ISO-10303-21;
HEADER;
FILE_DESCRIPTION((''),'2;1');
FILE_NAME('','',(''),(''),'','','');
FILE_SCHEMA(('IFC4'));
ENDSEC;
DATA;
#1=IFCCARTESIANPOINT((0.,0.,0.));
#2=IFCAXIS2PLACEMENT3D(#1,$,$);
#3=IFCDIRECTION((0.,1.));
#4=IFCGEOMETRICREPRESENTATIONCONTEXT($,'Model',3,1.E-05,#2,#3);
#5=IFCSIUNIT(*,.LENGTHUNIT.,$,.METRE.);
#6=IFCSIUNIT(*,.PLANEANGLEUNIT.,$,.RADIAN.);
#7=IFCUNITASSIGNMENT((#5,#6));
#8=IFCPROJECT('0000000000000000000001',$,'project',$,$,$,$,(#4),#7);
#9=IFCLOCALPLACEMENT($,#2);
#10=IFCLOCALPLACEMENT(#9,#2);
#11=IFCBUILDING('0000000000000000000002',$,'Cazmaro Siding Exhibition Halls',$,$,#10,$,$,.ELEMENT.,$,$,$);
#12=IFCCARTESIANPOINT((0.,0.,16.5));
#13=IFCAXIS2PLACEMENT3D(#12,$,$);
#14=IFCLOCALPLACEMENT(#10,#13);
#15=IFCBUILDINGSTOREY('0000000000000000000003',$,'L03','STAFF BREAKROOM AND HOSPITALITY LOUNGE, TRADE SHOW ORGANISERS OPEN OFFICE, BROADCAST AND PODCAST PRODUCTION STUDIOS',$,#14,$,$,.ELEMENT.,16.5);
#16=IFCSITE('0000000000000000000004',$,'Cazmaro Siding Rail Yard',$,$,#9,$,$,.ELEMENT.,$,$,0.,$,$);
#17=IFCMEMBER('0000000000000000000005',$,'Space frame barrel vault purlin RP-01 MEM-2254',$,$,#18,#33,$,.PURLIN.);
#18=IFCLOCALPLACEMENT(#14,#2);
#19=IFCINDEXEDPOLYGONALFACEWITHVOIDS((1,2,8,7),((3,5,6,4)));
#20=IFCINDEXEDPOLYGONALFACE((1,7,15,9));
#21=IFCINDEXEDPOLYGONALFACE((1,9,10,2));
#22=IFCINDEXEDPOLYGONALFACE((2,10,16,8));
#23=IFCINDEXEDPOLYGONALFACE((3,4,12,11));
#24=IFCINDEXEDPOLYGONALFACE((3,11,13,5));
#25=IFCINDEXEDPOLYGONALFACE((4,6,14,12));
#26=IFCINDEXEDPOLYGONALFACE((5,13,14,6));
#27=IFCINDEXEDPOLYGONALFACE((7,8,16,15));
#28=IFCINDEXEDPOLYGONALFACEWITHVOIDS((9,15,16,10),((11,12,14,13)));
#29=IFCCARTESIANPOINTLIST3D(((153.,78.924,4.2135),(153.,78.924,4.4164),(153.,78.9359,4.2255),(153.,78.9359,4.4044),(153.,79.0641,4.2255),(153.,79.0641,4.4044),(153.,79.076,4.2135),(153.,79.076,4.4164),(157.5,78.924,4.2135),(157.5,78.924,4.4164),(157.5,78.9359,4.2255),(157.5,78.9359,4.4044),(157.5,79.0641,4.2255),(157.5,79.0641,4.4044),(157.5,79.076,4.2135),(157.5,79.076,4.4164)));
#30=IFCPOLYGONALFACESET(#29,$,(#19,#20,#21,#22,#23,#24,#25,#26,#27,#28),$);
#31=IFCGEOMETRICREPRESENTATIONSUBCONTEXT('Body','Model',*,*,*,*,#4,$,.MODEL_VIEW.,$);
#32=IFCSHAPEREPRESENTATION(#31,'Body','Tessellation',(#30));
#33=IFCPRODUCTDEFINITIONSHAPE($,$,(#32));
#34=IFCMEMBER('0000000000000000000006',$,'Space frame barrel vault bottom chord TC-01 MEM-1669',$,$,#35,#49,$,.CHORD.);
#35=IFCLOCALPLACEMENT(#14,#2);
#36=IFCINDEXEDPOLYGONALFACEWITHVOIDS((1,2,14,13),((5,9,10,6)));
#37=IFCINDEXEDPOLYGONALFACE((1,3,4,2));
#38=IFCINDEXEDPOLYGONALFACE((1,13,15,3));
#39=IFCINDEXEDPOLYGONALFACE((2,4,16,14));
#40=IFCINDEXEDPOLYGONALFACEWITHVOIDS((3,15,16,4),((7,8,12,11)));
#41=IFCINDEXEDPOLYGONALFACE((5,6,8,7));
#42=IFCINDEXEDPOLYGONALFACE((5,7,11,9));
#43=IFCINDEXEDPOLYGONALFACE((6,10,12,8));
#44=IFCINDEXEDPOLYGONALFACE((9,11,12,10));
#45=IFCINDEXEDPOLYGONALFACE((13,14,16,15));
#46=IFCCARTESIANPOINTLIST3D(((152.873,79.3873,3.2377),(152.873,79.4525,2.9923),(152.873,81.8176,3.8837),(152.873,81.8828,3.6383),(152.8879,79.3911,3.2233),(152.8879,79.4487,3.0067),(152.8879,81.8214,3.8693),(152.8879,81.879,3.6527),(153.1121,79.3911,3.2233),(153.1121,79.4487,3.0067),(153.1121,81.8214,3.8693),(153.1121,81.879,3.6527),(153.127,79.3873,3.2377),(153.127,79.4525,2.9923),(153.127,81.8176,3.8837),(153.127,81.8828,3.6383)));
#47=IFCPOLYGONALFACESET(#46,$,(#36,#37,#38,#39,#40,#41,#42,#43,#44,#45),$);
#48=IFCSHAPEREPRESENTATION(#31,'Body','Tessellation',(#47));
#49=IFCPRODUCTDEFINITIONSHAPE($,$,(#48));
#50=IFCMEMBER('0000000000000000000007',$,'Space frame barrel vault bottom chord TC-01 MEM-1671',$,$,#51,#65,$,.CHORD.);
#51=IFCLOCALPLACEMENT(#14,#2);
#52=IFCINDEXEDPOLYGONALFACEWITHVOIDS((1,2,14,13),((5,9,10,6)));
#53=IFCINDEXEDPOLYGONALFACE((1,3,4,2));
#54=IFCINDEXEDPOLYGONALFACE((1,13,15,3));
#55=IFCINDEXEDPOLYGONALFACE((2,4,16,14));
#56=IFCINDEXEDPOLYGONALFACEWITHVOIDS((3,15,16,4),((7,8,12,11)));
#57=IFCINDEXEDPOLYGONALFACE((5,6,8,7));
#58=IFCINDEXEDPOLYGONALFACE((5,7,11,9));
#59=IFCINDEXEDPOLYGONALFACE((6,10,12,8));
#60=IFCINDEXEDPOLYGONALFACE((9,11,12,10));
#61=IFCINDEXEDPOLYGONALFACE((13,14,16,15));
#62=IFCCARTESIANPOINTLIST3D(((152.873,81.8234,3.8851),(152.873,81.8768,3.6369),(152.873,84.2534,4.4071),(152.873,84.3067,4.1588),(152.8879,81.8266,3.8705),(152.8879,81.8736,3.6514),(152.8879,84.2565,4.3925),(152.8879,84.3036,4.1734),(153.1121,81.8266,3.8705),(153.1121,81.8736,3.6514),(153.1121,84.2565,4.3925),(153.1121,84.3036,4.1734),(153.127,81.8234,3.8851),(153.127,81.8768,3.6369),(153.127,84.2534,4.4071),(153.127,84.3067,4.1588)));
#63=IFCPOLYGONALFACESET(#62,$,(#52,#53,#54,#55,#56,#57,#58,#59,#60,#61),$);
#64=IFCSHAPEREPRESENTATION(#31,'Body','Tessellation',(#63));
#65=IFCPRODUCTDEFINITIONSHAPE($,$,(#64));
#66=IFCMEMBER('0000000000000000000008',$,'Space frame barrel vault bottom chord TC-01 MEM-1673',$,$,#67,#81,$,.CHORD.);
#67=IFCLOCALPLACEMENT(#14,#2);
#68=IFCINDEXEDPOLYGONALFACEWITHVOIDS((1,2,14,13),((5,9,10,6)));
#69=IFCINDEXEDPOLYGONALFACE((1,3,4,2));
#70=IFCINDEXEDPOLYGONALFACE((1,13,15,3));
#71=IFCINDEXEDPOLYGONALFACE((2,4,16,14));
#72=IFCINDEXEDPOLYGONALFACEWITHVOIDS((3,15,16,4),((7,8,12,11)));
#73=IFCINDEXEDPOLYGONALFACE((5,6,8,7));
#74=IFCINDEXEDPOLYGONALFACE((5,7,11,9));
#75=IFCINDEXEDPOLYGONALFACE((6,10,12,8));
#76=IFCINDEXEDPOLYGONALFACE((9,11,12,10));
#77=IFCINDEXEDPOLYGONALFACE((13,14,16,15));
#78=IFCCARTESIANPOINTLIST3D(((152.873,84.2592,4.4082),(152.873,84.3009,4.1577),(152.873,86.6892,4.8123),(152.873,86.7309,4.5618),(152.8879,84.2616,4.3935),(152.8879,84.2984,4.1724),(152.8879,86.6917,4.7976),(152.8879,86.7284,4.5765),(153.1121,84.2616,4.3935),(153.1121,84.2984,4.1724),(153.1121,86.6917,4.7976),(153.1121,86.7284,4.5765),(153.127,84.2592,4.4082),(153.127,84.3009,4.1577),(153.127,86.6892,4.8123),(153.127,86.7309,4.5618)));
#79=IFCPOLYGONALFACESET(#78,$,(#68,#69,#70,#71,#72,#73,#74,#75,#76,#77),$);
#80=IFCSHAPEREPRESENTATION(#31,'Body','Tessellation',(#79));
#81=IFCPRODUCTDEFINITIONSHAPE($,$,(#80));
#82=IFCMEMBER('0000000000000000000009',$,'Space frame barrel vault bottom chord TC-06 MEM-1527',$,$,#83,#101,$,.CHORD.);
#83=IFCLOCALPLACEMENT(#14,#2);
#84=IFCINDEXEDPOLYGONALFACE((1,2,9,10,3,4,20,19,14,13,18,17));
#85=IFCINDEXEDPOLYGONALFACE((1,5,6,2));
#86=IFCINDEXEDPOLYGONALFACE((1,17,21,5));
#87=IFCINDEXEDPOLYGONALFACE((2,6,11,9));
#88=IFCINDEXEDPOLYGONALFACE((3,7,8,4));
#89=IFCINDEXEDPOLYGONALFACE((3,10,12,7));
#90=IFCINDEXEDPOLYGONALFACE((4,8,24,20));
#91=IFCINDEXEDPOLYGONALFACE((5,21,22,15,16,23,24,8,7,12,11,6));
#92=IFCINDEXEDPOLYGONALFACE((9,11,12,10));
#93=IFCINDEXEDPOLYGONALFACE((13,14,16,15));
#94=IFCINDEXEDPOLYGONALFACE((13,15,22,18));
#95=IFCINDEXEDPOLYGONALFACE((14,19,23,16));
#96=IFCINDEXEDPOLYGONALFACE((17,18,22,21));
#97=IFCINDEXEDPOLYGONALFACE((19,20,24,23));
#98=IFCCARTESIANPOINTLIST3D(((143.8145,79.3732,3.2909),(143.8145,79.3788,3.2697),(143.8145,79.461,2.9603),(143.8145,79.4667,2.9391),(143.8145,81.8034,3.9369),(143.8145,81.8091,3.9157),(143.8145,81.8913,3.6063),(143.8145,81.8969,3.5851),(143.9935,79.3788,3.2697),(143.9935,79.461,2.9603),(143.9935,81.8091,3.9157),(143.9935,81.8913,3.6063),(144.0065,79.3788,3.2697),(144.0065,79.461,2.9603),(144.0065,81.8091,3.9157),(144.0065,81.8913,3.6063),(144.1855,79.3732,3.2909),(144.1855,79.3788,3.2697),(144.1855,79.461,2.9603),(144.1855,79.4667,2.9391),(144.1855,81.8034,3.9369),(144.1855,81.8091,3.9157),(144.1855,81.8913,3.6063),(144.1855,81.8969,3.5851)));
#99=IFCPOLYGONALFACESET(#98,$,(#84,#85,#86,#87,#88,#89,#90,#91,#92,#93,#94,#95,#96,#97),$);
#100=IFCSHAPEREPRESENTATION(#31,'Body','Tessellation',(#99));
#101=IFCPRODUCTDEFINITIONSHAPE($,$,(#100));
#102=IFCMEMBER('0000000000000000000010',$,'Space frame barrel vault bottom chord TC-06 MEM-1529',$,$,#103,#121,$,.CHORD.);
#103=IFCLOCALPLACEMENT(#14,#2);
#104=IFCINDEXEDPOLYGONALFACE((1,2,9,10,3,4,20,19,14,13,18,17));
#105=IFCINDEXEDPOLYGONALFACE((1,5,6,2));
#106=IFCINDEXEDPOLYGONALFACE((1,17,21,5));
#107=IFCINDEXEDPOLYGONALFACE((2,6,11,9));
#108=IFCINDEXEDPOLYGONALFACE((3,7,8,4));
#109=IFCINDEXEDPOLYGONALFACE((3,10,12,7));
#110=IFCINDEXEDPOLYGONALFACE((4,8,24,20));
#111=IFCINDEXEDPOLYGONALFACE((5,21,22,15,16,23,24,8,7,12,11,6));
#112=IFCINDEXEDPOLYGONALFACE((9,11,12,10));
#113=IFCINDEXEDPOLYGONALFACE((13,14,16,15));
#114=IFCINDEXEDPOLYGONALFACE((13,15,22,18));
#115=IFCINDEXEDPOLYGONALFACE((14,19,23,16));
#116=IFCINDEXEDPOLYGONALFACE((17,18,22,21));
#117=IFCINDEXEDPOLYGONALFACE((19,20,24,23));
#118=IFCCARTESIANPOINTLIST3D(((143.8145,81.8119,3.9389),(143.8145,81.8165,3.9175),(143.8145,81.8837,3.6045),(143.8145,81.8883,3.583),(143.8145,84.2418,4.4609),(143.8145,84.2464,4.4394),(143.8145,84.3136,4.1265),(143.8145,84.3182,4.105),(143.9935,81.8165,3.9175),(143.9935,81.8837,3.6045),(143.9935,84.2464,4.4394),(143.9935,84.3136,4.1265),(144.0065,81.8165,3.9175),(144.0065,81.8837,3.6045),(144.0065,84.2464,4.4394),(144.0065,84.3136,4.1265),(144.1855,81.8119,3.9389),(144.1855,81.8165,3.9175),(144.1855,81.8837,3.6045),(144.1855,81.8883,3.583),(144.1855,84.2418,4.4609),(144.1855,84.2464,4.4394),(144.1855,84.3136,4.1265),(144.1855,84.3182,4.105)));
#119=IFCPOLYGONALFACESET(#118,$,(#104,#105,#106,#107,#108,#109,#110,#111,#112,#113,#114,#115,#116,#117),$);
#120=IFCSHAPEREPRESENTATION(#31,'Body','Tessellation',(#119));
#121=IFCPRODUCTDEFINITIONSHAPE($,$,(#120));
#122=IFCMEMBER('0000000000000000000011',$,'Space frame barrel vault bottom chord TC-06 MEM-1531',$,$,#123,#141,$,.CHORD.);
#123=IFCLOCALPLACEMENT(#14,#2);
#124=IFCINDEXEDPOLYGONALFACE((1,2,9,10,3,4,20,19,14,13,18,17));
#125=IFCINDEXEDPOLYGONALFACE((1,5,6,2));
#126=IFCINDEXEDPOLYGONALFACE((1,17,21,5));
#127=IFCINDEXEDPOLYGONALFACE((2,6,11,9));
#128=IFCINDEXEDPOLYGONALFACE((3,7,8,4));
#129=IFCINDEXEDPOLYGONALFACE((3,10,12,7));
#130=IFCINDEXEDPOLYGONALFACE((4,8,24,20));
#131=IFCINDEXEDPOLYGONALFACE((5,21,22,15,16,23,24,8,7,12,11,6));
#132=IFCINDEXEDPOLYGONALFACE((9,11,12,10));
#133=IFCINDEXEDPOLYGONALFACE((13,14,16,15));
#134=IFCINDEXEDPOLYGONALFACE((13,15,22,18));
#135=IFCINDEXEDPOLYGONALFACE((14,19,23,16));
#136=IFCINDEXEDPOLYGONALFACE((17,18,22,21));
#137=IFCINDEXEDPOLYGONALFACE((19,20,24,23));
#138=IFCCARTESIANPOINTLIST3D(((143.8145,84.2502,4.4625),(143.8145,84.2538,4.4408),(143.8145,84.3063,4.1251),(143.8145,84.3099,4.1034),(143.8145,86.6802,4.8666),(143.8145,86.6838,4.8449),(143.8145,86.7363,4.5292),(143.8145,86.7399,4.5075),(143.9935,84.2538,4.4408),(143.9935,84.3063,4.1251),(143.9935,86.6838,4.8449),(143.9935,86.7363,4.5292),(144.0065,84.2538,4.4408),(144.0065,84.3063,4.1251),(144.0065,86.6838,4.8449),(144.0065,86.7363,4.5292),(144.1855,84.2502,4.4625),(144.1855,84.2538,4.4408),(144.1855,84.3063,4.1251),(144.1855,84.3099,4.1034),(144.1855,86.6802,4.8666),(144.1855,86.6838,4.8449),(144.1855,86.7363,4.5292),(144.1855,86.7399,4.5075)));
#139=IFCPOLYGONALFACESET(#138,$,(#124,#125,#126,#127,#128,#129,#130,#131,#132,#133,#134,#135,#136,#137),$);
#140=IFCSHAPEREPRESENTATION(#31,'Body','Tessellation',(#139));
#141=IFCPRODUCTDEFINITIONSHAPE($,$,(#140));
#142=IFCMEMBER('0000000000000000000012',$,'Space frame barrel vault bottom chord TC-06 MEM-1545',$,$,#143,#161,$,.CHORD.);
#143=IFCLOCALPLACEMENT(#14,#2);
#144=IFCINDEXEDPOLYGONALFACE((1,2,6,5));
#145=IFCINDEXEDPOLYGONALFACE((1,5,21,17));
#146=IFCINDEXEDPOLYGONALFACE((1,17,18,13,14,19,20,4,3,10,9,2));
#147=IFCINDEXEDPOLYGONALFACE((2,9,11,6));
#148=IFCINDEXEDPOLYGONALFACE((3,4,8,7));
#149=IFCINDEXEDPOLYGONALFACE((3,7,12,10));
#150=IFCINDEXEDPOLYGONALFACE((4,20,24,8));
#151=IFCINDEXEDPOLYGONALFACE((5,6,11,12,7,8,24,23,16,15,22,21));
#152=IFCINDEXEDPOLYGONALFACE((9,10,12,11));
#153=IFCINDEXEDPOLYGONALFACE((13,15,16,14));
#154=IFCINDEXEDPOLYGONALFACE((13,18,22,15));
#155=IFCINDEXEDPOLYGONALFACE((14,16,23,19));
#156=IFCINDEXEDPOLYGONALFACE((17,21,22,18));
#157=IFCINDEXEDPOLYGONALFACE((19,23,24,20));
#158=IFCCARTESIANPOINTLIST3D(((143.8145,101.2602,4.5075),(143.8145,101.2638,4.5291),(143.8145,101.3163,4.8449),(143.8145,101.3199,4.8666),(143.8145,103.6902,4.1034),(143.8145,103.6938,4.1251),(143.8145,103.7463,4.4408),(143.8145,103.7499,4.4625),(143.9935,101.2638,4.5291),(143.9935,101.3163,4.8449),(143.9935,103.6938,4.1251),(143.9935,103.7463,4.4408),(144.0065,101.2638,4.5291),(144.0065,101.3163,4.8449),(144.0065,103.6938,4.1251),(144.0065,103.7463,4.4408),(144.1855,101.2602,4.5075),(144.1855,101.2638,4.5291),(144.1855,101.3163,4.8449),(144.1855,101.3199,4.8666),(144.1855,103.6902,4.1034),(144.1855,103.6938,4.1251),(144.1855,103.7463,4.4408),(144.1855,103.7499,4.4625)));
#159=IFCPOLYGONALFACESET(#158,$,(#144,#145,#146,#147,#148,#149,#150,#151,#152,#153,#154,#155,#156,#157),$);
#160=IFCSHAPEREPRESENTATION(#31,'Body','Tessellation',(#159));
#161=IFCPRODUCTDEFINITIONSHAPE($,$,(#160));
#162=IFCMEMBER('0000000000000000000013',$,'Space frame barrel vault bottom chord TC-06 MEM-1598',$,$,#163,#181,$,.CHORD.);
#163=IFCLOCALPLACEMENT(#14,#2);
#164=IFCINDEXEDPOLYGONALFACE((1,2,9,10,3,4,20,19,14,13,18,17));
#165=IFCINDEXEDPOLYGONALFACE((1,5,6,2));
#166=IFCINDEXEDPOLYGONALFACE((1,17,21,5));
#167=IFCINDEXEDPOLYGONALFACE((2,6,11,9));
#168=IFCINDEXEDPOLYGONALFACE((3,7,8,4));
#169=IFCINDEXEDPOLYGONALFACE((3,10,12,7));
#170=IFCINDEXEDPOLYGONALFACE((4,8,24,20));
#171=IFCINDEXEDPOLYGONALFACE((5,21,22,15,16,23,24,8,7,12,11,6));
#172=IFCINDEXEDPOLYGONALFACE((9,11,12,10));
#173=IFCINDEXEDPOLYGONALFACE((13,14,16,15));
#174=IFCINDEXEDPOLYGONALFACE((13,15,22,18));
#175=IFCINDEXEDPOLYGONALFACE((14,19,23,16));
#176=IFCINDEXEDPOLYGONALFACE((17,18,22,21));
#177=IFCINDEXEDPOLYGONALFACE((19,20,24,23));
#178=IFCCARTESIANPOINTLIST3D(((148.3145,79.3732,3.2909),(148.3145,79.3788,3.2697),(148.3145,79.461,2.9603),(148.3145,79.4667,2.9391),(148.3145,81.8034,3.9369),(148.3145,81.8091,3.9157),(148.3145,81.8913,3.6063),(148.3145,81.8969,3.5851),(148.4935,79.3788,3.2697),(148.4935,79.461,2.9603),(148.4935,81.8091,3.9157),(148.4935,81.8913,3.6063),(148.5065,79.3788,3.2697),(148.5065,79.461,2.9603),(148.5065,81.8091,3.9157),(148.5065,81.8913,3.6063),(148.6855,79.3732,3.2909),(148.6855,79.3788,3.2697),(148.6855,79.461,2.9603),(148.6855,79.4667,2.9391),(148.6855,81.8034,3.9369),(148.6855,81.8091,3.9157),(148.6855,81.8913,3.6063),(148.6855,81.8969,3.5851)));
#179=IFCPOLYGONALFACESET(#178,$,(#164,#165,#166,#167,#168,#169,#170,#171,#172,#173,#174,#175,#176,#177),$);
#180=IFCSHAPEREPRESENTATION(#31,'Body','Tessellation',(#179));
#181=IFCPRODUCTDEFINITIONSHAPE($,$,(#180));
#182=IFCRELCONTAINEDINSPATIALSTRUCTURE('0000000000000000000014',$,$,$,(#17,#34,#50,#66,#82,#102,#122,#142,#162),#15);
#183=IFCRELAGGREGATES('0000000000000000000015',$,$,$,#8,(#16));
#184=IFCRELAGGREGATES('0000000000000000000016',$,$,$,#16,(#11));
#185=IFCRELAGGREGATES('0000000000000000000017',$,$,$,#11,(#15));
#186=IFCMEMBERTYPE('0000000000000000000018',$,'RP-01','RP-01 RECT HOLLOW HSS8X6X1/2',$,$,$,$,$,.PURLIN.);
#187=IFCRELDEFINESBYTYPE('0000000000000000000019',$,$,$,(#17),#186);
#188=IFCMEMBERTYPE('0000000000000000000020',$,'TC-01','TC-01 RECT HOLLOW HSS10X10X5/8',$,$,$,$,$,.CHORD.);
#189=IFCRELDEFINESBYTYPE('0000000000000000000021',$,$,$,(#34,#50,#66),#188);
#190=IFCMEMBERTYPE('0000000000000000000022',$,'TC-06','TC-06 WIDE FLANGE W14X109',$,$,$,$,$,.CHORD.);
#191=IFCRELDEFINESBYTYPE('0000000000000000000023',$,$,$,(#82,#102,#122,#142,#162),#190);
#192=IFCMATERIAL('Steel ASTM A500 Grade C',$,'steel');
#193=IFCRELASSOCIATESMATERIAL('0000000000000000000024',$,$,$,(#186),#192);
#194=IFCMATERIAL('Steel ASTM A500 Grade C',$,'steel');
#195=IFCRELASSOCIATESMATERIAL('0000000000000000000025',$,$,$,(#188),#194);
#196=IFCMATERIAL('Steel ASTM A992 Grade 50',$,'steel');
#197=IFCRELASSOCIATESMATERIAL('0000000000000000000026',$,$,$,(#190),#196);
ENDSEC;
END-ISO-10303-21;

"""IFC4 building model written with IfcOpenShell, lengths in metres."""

from ifc_helpers import new_model, si_unit, direction, frame, origin, origin_2d, place, context, subcontext, project, spatial, hollow_rectangle, i_section, extrude, material, material_profile, profile_set, type_object, element, save


model = new_model("IFC4")

# Units and contexts
model_context = context("Model", 3, precision=1e-05, world=origin(), true_north=direction((0.0, 1.0)))
body_context = subcontext(model_context, "Body", "Model", "MODEL_VIEW")
ifc_project = project(units=[si_unit("LENGTHUNIT", "METRE"), si_unit("PLANEANGLEUNIT", "RADIAN")], contexts=[model_context])

# Site, building, storey
site_placement = place(None, origin())
site = spatial("IfcSite", under=ifc_project, at=site_placement, Name="Cazmaro Siding Rail Yard", CompositionType="ELEMENT", RefElevation=0.0)
building_placement = place(site_placement, origin())
building = spatial("IfcBuilding", under=site, at=building_placement, Name="Cazmaro Siding Exhibition Halls", CompositionType="ELEMENT")
storey_placement = place(building_placement, frame((0.0, 0.0, 16.5)))
storey = spatial("IfcBuildingStorey", under=building, at=storey_placement, Name="L03", Description="STAFF BREAKROOM AND HOSPITALITY LOUNGE, TRADE SHOW ORGANISERS OPEN OFFICE, BROADCAST AND PODCAST PRODUCTION STUDIOS", CompositionType="ELEMENT", Elevation=16.5)

# Members
ifc_material_1 = material(Name="Steel ASTM A500 Grade C", Category="steel")
ifc_material_profile_1 = material_profile(ifc_material_1, hollow_rectangle(XDim=0.1521, YDim=0.2029, WallThickness=0.012, at=origin_2d()), Name="HSS8X6X1/2")
ifc_profile_set_1 = profile_set([ifc_material_profile_1], Name="Steel ASTM A500 Grade C")
member_type_1 = type_object("IfcMemberType", Name="RP-01", Description="RP-01 RECT HOLLOW HSS8X6X1/2", PredefinedType="PURLIN", material=ifc_profile_set_1)
member_1_placement = place(storey_placement, frame((153.0, 79.0, 4.3149), z_axis=(1.0, 0.0, 0.0), x_axis=(0.0, 1.0, 0.0)))
element("IfcMember", 1, at=member_1_placement, inside=storey, type_object=member_type_1, Name="Space frame barrel vault purlin RP-01 MEM-2254", PredefinedType="PURLIN", context=body_context, shape_type="SweptSolid", body=[
    extrude(hollow_rectangle(XDim=0.1521, YDim=0.2029, WallThickness=0.012, at=origin_2d()), origin(), (0.0, 0.0, 1.0), 4.5),
])
ifc_material_2 = material(Name="Steel ASTM A500 Grade C", Category="steel")
ifc_material_profile_2 = material_profile(ifc_material_2, hollow_rectangle(XDim=0.2539, YDim=0.2539, WallThickness=0.0149, at=origin_2d()), Name="HSS10X10X5/8")
ifc_profile_set_2 = profile_set([ifc_material_profile_2], Name="Steel ASTM A500 Grade C")
member_type_2 = type_object("IfcMemberType", Name="TC-01", Description="TC-01 RECT HOLLOW HSS10X10X5/8", PredefinedType="CHORD", material=ifc_profile_set_2)
member_2_placement = place(storey_placement, frame((153.0, 79.4199, 3.115), z_axis=(0.0, 0.966438, 0.256901), x_axis=(-1.0, 0.0, 0.0)))
element("IfcMember", 2, at=member_2_placement, inside=storey, type_object=member_type_2, Name="Space frame barrel vault bottom chord TC-01 MEM-1669", PredefinedType="CHORD", context=body_context, shape_type="SweptSolid", body=[
    extrude(hollow_rectangle(XDim=0.2539, YDim=0.2539, WallThickness=0.0149, at=origin_2d()), origin(), (0.0, 0.0, 1.0), 2.5146),
])
member_3_placement = place(storey_placement, frame((153.0, 81.8501, 3.761), z_axis=(0.0, 0.977697, 0.210019), x_axis=(-1.0, 0.0, 0.0)))
element("IfcMember", 3, at=member_3_placement, inside=storey, type_object=member_type_2, Name="Space frame barrel vault bottom chord TC-01 MEM-1671", PredefinedType="CHORD", context=body_context, shape_type="SweptSolid", body=[
    extrude(hollow_rectangle(XDim=0.2539, YDim=0.2539, WallThickness=0.0149, at=origin_2d()), origin(), (0.0, 0.0, 1.0), 2.4854),
])
member_4_placement = place(storey_placement, frame((153.0, 84.28, 4.283), z_axis=(0.0, 0.986455, 0.164029), x_axis=(-1.0, 0.0, 0.0)))
element("IfcMember", 4, at=member_4_placement, inside=storey, type_object=member_type_2, Name="Space frame barrel vault bottom chord TC-01 MEM-1673", PredefinedType="CHORD", context=body_context, shape_type="SweptSolid", body=[
    extrude(hollow_rectangle(XDim=0.2539, YDim=0.2539, WallThickness=0.0149, at=origin_2d()), origin(), (0.0, 0.0, 1.0), 2.4634),
])
ifc_material_3 = material(Name="Steel ASTM A992 Grade 50", Category="steel")
ifc_material_profile_3 = material_profile(ifc_material_3, i_section(OverallWidth=0.3711, OverallDepth=0.364, WebThickness=0.0129, FlangeThickness=0.022, at=origin_2d()), Name="W14X109")
ifc_profile_set_3 = profile_set([ifc_material_profile_3], Name="Steel ASTM A992 Grade 50")
member_type_3 = type_object("IfcMemberType", Name="TC-06", Description="TC-06 WIDE FLANGE W14X109", PredefinedType="CHORD", material=ifc_profile_set_3)
member_5_placement = place(storey_placement, frame((144.0, 79.4199, 3.115), z_axis=(0.0, 0.966438, 0.256901), x_axis=(-1.0, 0.0, 0.0)))
element("IfcMember", 5, at=member_5_placement, inside=storey, type_object=member_type_3, Name="Space frame barrel vault bottom chord TC-06 MEM-1527", PredefinedType="CHORD", context=body_context, shape_type="SweptSolid", body=[
    extrude(i_section(OverallWidth=0.3711, OverallDepth=0.364, WebThickness=0.0129, FlangeThickness=0.022, at=origin_2d()), origin(), (0.0, 0.0, 1.0), 2.5146),
])
member_6_placement = place(storey_placement, frame((144.0, 81.8501, 3.761), z_axis=(0.0, 0.977697, 0.210019), x_axis=(-1.0, 0.0, 0.0)))
element("IfcMember", 6, at=member_6_placement, inside=storey, type_object=member_type_3, Name="Space frame barrel vault bottom chord TC-06 MEM-1529", PredefinedType="CHORD", context=body_context, shape_type="SweptSolid", body=[
    extrude(i_section(OverallWidth=0.3711, OverallDepth=0.364, WebThickness=0.0129, FlangeThickness=0.022, at=origin_2d()), origin(), (0.0, 0.0, 1.0), 2.4854),
])
for number, where, z_axis, x_axis, name in (
    (7, (144.0, 84.28, 4.283), (0.0, 0.986455, 0.164029), (-1.0, 0.0, 0.0), "Space frame barrel vault bottom chord TC-06 MEM-1531"),
    (8, (144.0, 101.29, 4.687), (0.0, 0.986455, -0.164029), (-1.0, 0.0, 0.0), "Space frame barrel vault bottom chord TC-06 MEM-1545"),
):
    element("IfcMember", number, at=place(storey_placement, frame(where, z_axis=z_axis, x_axis=x_axis)), inside=storey, type_object=member_type_3, Name=name, PredefinedType="CHORD", context=body_context, shape_type="SweptSolid", body=[
        extrude(i_section(OverallWidth=0.3711, OverallDepth=0.364, WebThickness=0.0129, FlangeThickness=0.022, at=origin_2d()), origin(), (0.0, 0.0, 1.0), 2.4634),
    ])
member_7_placement = place(storey_placement, frame((148.5, 79.4199, 3.115), z_axis=(0.0, 0.966438, 0.256901), x_axis=(-1.0, 0.0, 0.0)))
element("IfcMember", 9, at=member_7_placement, inside=storey, type_object=member_type_3, Name="Space frame barrel vault bottom chord TC-06 MEM-1598", PredefinedType="CHORD", context=body_context, shape_type="SweptSolid", body=[
    extrude(i_section(OverallWidth=0.3711, OverallDepth=0.364, WebThickness=0.0129, FlangeThickness=0.022, at=origin_2d()), origin(), (0.0, 0.0, 1.0), 2.5146),
])

save(model, "model.ifc")
